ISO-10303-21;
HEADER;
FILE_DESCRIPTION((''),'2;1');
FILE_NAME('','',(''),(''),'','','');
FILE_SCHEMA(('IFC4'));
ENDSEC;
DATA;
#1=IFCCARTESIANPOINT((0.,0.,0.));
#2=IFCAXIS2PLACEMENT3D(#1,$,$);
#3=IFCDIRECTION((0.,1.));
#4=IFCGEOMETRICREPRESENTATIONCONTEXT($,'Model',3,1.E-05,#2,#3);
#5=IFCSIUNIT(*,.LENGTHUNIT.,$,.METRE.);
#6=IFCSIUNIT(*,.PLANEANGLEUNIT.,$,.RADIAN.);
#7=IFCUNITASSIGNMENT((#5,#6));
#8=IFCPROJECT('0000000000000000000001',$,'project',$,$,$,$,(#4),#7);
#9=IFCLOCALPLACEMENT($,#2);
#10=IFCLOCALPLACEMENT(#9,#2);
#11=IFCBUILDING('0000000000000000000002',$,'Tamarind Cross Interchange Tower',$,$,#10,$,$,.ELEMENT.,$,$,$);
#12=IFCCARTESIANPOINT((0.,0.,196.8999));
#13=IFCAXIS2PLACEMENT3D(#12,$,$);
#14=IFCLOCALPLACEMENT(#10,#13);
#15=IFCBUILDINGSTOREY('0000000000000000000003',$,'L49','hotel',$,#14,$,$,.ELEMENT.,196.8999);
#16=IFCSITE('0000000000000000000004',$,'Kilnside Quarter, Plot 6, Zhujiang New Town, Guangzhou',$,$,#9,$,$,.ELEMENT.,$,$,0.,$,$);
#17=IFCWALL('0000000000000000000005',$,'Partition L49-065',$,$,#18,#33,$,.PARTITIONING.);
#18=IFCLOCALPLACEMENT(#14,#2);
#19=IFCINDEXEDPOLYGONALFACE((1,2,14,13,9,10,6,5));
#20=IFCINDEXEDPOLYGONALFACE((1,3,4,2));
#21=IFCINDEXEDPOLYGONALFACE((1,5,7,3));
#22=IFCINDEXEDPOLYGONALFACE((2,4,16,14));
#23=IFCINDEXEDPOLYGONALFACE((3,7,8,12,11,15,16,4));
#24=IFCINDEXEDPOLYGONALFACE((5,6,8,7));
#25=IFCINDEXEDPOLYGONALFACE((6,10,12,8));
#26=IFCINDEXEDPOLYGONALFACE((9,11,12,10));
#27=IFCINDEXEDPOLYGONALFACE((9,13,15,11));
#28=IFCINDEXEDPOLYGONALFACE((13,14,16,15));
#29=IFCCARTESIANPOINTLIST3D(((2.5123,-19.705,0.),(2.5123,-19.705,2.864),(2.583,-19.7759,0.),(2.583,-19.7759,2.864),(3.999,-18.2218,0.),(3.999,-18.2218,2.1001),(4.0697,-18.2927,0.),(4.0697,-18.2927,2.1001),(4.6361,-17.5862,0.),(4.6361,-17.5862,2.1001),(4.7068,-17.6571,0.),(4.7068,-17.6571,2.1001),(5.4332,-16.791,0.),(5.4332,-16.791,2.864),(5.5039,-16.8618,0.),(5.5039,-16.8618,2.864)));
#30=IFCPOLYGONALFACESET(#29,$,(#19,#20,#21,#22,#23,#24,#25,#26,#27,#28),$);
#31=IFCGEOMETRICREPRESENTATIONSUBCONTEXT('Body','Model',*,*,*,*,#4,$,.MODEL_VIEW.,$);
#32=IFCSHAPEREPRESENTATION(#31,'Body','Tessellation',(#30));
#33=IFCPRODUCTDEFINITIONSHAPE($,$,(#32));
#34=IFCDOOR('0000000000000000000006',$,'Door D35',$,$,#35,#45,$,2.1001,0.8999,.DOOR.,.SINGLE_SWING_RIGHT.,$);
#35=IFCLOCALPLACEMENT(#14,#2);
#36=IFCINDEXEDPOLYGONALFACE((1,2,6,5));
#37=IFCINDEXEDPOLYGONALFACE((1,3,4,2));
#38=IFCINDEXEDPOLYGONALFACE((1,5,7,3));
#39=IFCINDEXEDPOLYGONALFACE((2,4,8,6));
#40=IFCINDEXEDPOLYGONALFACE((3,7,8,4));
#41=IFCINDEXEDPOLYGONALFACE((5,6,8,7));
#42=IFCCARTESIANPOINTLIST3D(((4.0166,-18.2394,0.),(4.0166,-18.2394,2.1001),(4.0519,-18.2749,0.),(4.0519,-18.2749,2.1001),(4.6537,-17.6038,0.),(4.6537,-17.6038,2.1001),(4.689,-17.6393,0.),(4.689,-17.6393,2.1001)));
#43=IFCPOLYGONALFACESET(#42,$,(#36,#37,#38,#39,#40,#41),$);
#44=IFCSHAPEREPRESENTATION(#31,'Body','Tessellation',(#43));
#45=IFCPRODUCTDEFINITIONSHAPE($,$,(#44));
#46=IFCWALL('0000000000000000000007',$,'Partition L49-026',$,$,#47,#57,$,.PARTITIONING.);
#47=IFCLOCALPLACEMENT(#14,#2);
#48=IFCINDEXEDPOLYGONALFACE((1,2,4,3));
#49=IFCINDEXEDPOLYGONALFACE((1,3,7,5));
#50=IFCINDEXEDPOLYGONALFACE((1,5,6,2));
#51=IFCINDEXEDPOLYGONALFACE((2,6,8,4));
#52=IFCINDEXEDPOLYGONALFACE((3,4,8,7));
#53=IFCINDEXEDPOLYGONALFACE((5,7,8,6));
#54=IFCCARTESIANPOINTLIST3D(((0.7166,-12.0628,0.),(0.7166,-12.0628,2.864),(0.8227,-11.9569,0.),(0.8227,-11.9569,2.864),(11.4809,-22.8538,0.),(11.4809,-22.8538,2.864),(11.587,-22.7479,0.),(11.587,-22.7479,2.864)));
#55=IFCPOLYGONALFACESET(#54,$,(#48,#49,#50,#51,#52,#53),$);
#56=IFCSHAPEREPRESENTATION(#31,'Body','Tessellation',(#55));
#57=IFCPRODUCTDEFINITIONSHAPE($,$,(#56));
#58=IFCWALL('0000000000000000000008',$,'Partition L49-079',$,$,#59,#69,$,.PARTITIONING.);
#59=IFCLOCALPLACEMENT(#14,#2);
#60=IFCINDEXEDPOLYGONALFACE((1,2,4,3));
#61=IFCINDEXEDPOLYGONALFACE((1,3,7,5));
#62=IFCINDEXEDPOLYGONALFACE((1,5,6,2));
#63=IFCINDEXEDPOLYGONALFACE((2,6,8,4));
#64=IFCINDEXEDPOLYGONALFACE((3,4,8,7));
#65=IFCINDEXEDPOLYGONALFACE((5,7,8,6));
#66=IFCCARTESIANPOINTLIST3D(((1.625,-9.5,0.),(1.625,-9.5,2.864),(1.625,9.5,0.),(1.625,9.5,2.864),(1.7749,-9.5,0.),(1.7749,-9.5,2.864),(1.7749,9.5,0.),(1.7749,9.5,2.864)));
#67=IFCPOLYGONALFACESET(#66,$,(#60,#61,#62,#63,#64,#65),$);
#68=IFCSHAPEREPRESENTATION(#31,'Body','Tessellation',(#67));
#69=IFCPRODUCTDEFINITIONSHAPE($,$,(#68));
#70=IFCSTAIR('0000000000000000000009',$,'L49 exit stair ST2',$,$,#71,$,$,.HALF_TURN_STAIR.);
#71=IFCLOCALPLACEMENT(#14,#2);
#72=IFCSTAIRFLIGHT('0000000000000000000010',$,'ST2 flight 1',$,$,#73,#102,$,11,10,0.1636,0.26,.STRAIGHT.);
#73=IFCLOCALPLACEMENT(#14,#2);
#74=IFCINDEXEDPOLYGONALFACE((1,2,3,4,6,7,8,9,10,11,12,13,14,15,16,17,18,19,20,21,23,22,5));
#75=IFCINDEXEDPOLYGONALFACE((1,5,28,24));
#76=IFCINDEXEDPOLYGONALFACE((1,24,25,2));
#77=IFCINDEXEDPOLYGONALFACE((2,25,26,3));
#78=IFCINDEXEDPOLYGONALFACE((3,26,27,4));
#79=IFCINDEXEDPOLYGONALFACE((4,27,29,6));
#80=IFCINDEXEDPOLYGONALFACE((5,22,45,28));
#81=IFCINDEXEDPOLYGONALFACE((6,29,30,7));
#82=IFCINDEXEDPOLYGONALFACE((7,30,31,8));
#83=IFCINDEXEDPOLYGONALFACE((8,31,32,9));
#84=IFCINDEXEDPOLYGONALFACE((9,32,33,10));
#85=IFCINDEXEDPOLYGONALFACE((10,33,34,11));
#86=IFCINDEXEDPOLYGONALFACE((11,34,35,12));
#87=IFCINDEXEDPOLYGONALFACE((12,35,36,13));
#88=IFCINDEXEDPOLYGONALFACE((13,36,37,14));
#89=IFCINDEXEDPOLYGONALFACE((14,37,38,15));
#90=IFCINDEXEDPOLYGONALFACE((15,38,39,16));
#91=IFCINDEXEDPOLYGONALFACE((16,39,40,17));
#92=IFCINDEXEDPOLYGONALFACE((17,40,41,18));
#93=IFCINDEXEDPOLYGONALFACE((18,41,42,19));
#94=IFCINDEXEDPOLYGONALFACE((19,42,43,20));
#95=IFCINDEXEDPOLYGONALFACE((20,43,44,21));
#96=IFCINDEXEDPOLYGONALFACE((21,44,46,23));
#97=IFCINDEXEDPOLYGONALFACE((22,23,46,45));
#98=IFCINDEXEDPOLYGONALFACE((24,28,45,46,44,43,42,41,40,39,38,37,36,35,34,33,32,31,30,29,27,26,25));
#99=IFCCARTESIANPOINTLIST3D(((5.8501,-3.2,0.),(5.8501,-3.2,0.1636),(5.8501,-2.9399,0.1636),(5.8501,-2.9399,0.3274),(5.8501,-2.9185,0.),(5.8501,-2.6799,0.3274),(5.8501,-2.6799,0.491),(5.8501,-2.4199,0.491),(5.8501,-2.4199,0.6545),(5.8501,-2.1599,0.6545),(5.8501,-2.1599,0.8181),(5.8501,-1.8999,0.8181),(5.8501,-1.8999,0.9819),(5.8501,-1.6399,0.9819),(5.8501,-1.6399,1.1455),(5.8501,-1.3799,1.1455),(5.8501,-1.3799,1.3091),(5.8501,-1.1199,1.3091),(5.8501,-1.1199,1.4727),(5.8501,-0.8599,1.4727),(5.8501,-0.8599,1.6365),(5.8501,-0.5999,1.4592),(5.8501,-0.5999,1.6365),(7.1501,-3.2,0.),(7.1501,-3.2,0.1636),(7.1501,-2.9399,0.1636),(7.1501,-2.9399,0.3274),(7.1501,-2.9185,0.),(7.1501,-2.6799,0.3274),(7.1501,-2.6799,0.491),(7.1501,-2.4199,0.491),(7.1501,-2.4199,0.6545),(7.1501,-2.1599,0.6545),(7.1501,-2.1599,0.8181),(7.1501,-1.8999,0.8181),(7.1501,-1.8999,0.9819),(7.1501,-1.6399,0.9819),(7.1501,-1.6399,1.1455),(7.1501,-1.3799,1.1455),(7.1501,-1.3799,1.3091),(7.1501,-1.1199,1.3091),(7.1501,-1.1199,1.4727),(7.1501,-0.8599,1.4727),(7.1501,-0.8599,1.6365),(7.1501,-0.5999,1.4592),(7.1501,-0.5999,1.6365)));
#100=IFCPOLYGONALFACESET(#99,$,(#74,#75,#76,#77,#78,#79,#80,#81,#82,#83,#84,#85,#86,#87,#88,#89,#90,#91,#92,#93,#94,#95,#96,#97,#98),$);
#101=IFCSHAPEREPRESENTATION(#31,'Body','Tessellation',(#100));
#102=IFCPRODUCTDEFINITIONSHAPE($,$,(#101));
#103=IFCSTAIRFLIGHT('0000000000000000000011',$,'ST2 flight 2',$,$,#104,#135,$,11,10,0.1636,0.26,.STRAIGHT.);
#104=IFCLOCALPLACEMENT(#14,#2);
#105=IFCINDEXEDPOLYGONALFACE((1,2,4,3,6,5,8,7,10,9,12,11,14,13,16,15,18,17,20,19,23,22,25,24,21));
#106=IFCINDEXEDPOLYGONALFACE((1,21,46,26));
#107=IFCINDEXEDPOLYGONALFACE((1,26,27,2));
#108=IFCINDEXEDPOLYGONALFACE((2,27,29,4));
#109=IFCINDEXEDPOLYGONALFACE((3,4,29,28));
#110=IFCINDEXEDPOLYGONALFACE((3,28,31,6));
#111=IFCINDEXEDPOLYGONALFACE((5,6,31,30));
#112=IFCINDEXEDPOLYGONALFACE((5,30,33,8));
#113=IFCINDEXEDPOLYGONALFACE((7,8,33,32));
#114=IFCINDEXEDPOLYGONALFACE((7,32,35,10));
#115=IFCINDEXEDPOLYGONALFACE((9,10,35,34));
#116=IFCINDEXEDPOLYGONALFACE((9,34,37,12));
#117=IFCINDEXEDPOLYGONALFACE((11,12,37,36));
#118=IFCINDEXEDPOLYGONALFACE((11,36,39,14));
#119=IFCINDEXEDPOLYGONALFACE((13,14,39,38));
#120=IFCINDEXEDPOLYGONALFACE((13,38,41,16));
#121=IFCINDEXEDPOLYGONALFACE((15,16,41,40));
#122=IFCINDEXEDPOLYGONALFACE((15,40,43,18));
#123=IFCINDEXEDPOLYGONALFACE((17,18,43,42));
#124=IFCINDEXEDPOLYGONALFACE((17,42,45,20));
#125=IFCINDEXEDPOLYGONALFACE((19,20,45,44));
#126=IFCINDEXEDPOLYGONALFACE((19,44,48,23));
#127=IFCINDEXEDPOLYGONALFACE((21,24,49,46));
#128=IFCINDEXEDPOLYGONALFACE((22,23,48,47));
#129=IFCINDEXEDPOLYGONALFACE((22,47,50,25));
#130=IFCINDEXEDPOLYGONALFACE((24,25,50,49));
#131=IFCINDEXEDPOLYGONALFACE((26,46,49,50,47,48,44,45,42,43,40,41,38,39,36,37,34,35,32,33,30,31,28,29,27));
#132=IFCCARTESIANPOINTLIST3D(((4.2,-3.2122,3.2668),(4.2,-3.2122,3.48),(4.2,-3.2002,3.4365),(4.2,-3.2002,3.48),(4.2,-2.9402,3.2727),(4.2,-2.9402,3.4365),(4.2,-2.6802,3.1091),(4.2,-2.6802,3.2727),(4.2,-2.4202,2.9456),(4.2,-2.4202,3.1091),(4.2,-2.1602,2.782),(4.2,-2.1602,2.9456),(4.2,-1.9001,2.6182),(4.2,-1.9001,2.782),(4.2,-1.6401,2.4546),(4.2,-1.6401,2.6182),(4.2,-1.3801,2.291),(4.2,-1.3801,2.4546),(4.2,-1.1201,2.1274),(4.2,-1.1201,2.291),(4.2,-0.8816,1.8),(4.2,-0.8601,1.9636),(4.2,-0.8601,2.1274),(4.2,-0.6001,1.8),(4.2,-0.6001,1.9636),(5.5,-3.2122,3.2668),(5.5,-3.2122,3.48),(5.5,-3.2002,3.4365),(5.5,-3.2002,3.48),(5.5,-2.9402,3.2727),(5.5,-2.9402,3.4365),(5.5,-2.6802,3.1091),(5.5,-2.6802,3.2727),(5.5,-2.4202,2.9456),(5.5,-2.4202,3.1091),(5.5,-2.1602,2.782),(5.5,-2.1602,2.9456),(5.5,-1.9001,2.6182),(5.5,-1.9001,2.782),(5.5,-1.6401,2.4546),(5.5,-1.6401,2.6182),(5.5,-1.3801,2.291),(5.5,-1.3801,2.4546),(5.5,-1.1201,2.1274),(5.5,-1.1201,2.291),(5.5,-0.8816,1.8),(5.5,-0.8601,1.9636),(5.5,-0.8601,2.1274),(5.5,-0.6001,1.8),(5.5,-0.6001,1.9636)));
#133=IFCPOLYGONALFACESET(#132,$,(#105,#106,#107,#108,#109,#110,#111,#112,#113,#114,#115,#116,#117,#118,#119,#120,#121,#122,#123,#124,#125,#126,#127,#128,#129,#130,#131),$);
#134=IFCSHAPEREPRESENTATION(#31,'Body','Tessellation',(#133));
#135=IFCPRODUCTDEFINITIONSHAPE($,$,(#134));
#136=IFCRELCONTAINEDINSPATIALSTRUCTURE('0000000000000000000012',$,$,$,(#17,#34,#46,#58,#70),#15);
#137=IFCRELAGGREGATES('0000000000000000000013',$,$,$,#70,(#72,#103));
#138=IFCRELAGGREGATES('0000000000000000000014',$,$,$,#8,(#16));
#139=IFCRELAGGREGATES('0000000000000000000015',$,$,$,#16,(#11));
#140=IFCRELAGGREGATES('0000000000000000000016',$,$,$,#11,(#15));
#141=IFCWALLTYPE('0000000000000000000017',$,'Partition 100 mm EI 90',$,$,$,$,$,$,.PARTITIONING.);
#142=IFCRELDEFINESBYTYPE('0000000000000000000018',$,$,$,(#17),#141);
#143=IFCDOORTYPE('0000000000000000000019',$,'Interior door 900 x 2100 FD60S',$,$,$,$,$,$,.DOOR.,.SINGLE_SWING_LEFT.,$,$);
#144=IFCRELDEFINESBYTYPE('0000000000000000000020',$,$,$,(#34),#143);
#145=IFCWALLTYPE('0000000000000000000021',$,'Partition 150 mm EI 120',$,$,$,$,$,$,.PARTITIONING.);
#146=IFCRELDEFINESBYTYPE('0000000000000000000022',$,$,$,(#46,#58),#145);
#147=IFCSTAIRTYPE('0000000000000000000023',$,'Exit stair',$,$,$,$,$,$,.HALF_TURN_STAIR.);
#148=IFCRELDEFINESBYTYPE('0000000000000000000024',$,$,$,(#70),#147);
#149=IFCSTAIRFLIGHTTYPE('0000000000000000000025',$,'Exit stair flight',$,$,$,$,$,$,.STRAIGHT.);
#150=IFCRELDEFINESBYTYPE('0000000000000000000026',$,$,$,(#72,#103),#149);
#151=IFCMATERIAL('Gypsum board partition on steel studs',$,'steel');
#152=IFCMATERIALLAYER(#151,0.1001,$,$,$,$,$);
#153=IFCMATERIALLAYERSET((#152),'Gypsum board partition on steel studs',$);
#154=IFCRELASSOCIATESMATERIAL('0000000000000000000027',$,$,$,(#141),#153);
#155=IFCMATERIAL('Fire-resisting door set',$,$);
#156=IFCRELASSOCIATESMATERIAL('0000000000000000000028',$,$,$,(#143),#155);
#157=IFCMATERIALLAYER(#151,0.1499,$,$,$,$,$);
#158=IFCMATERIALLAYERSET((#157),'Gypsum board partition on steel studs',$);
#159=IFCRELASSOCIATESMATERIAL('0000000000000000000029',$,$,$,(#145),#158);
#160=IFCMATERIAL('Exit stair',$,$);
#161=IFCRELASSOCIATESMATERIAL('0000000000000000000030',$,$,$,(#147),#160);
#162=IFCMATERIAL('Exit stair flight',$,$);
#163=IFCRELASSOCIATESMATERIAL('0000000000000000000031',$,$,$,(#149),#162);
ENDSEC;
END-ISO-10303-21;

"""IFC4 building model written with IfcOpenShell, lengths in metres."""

from ifc_helpers import new_model, si_unit, direction, frame, frame_2d, origin, place, context, subcontext, project, spatial, polyline, rectangle, outline, extrude, material, layer, layer_set, type_object, element, fill, aggregate, save


model = new_model("IFC4")

# Units and contexts
model_context = context("Model", 3, precision=1e-05, world=origin(), true_north=direction((0.0, 1.0)))
body_context = subcontext(model_context, "Body", "Model", "MODEL_VIEW")
ifc_project = project(units=[si_unit("LENGTHUNIT", "METRE"), si_unit("PLANEANGLEUNIT", "RADIAN")], contexts=[model_context])

# Site, building, storey
site_placement = place(None, origin())
site = spatial("IfcSite", under=ifc_project, at=site_placement, Name="Kilnside Quarter, Plot 6, Zhujiang New Town, Guangzhou", CompositionType="ELEMENT", RefElevation=0.0)
building_placement = place(site_placement, origin())
building = spatial("IfcBuilding", under=site, at=building_placement, Name="Tamarind Cross Interchange Tower", CompositionType="ELEMENT")
storey_placement = place(building_placement, frame((0.0, 0.0, 196.8999)))
storey = spatial("IfcBuildingStorey", under=building, at=storey_placement, Name="L49", Description="hotel", CompositionType="ELEMENT", Elevation=196.8999)

# Shared definitions
ifc_material_1 = material(Name="Gypsum board partition on steel studs", Category="steel")
ifc_layer_1 = layer(ifc_material_1, 0.1001)
ifc_layer_set_1 = layer_set([ifc_layer_1], Name="Gypsum board partition on steel studs")
wall_type_1 = type_object("IfcWallType", Name="Partition 100 mm EI 90", PredefinedType="PARTITIONING", material=ifc_layer_set_1)

# Wall, opening, door
wall_1_placement = place(storey_placement, frame((2.5476, -19.7405, 0.0), z_axis=(0.0, 0.0, 1.0), x_axis=(0.707935, 0.706278, 0.0)))
wall_1 = element("IfcWall", 1, at=wall_1_placement, inside=storey, type_object=wall_type_1, Name="Partition L49-065", PredefinedType="PARTITIONING", context=body_context, shape_type="SweptSolid", body=[
    extrude(rectangle(XDim=4.126, YDim=0.1001, at=frame_2d((2.063, 0.0))), origin(), (0.0, 0.0, 1.0), 2.864),
])
opening_1_placement = place(wall_1_placement, frame((2.1001, 0.0, 0.0)))
opening_1 = element("IfcOpeningElement", 2, at=opening_1_placement, cuts=wall_1, PredefinedType="OPENING", context=body_context, shape_type="SweptSolid", body=[
    extrude(rectangle(XDim=0.8999, YDim=2.1001, at=frame_2d((0.45, 1.05))), frame((0.0, 0.0601, 0.0), z_axis=(0.0, -1.0, 0.0), x_axis=(1.0, 0.0, 0.0)), (0.0, 0.0, 1.0), 0.1201),
])
ifc_material_2 = material(Name="Fire-resisting door set")
door_type_1 = type_object("IfcDoorType", Name="Interior door 900 x 2100 FD60S", OperationType="SINGLE_SWING_LEFT", PredefinedType="DOOR", material=ifc_material_2)
door_1_placement = place(opening_1_placement, frame((0.8999, 0.0, 0.0), z_axis=(0.0, 0.0, 1.0), x_axis=(-1.0, 0.0, 0.0)))
door_1 = element("IfcDoor", 3, at=door_1_placement, inside=storey, type_object=door_type_1, Name="Door D35", OperationType="SINGLE_SWING_RIGHT", OverallHeight=2.1001, OverallWidth=0.8999, PredefinedType="DOOR", context=body_context, shape_type="SweptSolid", body=[
    extrude(rectangle(XDim=0.8999, YDim=2.1001, at=frame_2d((0.45, 1.05))), frame((0.0, 0.0249, 0.0), z_axis=(0.0, -1.0, 0.0), x_axis=(1.0, 0.0, 0.0)), (0.0, 0.0, 1.0), 0.05),
])
fill(opening_1, door_1)

# Walls
ifc_layer_2 = layer(ifc_material_1, 0.1499)
ifc_layer_set_2 = layer_set([ifc_layer_2], Name="Gypsum board partition on steel studs")
wall_type_2 = type_object("IfcWallType", Name="Partition 150 mm EI 120", PredefinedType="PARTITIONING", material=ifc_layer_set_2)
wall_2_placement = place(storey_placement, frame((0.7695, -12.0098, 0.0), z_axis=(0.0, 0.0, 1.0), x_axis=(0.706233, -0.707979, 0.0)))
element("IfcWall", 4, at=wall_2_placement, inside=storey, type_object=wall_type_2, Name="Partition L49-026", PredefinedType="PARTITIONING", context=body_context, shape_type="SweptSolid", body=[
    extrude(rectangle(XDim=15.2419, YDim=0.1499, at=frame_2d((7.6211, 0.0))), origin(), (0.0, 0.0, 1.0), 2.864),
])
wall_3_placement = place(storey_placement, frame((1.7, -9.5, 0.0), z_axis=(0.0, 0.0, 1.0), x_axis=(0.0, 1.0, 0.0)))
element("IfcWall", 5, at=wall_3_placement, inside=storey, type_object=wall_type_2, Name="Partition L49-079", PredefinedType="PARTITIONING", context=body_context, shape_type="SweptSolid", body=[
    extrude(rectangle(XDim=19.0, YDim=0.1499, at=frame_2d((9.5, 0.0))), origin(), (0.0, 0.0, 1.0), 2.864),
])

# Stair, stair flights
ifc_material_3 = material(Name="Exit stair")
stair_type = type_object("IfcStairType", Name="Exit stair", PredefinedType="HALF_TURN_STAIR", material=ifc_material_3)
stair_placement = place(storey_placement, origin())
stair = element("IfcStair", 6, at=stair_placement, inside=storey, type_object=stair_type, Name="L49 exit stair ST2", PredefinedType="HALF_TURN_STAIR")
ifc_material_4 = material(Name="Exit stair flight")
stair_flight_type = type_object("IfcStairFlightType", Name="Exit stair flight", PredefinedType="STRAIGHT", material=ifc_material_4)
stair_flight_1_placement = place(storey_placement, frame((6.5, -3.2, 0.0), z_axis=(0.0, 0.0, 1.0), x_axis=(0.0, 1.0, 0.0)))
stair_flight_1 = element("IfcStairFlight", 7, at=stair_flight_1_placement, type_object=stair_flight_type, Name="ST2 flight 1", NumberOfRisers=11, NumberOfTreads=10, PredefinedType="STRAIGHT", RiserHeight=0.1636, TreadLength=0.26, context=body_context, shape_type="SweptSolid", body=[
    extrude(outline(polyline([(0.0, 0.0), (0.0, 0.1636), (0.26, 0.1636), (0.26, 0.3274), (0.52, 0.3274), (0.52, 0.491), (0.78, 0.491), (0.78, 0.6545), (1.04, 0.6545), (1.04, 0.8181), (1.3, 0.8181), (1.3, 0.9819), (1.5601, 0.9819), (1.5601, 1.1455), (1.8201, 1.1455), (1.8201, 1.3091), (2.0801, 1.3091), (2.0801, 1.4727), (2.3401, 1.4727), (2.3401, 1.6365), (2.6001, 1.6365), (2.6001, 1.8), (2.6001, 1.4592), (0.2815, 0.0), (0.0, 0.0)])), frame((0.0, 0.6499, 0.0), z_axis=(0.0, -1.0, 0.0), x_axis=(1.0, 0.0, 0.0)), (0.0, 0.0, 1.0), 1.3),
])
stair_flight_2_placement = place(storey_placement, frame((4.8501, -0.6001, 1.8), z_axis=(0.0, 0.0, 1.0), x_axis=(0.0, -1.0, 0.0)))
stair_flight_2 = element("IfcStairFlight", 8, at=stair_flight_2_placement, type_object=stair_flight_type, Name="ST2 flight 2", NumberOfRisers=11, NumberOfTreads=10, PredefinedType="STRAIGHT", RiserHeight=0.1636, TreadLength=0.26, context=body_context, shape_type="SweptSolid", body=[
    extrude(outline(polyline([(0.0, 0.0), (0.0, 0.1636), (0.26, 0.1636), (0.26, 0.3274), (0.52, 0.3274), (0.52, 0.491), (0.78, 0.491), (0.78, 0.6545), (1.04, 0.6545), (1.04, 0.8181), (1.3, 0.8181), (1.3, 0.9819), (1.5601, 0.9819), (1.5601, 1.1455), (1.8201, 1.1455), (1.8201, 1.3091), (2.0801, 1.3091), (2.0801, 1.4727), (2.3401, 1.4727), (2.3401, 1.6365), (2.6001, 1.6365), (2.6001, 1.6799), (2.6121, 1.6799), (2.6121, 1.4668), (0.2815, 0.0), (0.0, 0.0)])), frame((0.0, 0.6499, 0.0), z_axis=(0.0, -1.0, 0.0), x_axis=(1.0, 0.0, 0.0)), (0.0, 0.0, 1.0), 1.3),
])
aggregate(stair, [stair_flight_1, stair_flight_2])

save(model, "model.ifc")
